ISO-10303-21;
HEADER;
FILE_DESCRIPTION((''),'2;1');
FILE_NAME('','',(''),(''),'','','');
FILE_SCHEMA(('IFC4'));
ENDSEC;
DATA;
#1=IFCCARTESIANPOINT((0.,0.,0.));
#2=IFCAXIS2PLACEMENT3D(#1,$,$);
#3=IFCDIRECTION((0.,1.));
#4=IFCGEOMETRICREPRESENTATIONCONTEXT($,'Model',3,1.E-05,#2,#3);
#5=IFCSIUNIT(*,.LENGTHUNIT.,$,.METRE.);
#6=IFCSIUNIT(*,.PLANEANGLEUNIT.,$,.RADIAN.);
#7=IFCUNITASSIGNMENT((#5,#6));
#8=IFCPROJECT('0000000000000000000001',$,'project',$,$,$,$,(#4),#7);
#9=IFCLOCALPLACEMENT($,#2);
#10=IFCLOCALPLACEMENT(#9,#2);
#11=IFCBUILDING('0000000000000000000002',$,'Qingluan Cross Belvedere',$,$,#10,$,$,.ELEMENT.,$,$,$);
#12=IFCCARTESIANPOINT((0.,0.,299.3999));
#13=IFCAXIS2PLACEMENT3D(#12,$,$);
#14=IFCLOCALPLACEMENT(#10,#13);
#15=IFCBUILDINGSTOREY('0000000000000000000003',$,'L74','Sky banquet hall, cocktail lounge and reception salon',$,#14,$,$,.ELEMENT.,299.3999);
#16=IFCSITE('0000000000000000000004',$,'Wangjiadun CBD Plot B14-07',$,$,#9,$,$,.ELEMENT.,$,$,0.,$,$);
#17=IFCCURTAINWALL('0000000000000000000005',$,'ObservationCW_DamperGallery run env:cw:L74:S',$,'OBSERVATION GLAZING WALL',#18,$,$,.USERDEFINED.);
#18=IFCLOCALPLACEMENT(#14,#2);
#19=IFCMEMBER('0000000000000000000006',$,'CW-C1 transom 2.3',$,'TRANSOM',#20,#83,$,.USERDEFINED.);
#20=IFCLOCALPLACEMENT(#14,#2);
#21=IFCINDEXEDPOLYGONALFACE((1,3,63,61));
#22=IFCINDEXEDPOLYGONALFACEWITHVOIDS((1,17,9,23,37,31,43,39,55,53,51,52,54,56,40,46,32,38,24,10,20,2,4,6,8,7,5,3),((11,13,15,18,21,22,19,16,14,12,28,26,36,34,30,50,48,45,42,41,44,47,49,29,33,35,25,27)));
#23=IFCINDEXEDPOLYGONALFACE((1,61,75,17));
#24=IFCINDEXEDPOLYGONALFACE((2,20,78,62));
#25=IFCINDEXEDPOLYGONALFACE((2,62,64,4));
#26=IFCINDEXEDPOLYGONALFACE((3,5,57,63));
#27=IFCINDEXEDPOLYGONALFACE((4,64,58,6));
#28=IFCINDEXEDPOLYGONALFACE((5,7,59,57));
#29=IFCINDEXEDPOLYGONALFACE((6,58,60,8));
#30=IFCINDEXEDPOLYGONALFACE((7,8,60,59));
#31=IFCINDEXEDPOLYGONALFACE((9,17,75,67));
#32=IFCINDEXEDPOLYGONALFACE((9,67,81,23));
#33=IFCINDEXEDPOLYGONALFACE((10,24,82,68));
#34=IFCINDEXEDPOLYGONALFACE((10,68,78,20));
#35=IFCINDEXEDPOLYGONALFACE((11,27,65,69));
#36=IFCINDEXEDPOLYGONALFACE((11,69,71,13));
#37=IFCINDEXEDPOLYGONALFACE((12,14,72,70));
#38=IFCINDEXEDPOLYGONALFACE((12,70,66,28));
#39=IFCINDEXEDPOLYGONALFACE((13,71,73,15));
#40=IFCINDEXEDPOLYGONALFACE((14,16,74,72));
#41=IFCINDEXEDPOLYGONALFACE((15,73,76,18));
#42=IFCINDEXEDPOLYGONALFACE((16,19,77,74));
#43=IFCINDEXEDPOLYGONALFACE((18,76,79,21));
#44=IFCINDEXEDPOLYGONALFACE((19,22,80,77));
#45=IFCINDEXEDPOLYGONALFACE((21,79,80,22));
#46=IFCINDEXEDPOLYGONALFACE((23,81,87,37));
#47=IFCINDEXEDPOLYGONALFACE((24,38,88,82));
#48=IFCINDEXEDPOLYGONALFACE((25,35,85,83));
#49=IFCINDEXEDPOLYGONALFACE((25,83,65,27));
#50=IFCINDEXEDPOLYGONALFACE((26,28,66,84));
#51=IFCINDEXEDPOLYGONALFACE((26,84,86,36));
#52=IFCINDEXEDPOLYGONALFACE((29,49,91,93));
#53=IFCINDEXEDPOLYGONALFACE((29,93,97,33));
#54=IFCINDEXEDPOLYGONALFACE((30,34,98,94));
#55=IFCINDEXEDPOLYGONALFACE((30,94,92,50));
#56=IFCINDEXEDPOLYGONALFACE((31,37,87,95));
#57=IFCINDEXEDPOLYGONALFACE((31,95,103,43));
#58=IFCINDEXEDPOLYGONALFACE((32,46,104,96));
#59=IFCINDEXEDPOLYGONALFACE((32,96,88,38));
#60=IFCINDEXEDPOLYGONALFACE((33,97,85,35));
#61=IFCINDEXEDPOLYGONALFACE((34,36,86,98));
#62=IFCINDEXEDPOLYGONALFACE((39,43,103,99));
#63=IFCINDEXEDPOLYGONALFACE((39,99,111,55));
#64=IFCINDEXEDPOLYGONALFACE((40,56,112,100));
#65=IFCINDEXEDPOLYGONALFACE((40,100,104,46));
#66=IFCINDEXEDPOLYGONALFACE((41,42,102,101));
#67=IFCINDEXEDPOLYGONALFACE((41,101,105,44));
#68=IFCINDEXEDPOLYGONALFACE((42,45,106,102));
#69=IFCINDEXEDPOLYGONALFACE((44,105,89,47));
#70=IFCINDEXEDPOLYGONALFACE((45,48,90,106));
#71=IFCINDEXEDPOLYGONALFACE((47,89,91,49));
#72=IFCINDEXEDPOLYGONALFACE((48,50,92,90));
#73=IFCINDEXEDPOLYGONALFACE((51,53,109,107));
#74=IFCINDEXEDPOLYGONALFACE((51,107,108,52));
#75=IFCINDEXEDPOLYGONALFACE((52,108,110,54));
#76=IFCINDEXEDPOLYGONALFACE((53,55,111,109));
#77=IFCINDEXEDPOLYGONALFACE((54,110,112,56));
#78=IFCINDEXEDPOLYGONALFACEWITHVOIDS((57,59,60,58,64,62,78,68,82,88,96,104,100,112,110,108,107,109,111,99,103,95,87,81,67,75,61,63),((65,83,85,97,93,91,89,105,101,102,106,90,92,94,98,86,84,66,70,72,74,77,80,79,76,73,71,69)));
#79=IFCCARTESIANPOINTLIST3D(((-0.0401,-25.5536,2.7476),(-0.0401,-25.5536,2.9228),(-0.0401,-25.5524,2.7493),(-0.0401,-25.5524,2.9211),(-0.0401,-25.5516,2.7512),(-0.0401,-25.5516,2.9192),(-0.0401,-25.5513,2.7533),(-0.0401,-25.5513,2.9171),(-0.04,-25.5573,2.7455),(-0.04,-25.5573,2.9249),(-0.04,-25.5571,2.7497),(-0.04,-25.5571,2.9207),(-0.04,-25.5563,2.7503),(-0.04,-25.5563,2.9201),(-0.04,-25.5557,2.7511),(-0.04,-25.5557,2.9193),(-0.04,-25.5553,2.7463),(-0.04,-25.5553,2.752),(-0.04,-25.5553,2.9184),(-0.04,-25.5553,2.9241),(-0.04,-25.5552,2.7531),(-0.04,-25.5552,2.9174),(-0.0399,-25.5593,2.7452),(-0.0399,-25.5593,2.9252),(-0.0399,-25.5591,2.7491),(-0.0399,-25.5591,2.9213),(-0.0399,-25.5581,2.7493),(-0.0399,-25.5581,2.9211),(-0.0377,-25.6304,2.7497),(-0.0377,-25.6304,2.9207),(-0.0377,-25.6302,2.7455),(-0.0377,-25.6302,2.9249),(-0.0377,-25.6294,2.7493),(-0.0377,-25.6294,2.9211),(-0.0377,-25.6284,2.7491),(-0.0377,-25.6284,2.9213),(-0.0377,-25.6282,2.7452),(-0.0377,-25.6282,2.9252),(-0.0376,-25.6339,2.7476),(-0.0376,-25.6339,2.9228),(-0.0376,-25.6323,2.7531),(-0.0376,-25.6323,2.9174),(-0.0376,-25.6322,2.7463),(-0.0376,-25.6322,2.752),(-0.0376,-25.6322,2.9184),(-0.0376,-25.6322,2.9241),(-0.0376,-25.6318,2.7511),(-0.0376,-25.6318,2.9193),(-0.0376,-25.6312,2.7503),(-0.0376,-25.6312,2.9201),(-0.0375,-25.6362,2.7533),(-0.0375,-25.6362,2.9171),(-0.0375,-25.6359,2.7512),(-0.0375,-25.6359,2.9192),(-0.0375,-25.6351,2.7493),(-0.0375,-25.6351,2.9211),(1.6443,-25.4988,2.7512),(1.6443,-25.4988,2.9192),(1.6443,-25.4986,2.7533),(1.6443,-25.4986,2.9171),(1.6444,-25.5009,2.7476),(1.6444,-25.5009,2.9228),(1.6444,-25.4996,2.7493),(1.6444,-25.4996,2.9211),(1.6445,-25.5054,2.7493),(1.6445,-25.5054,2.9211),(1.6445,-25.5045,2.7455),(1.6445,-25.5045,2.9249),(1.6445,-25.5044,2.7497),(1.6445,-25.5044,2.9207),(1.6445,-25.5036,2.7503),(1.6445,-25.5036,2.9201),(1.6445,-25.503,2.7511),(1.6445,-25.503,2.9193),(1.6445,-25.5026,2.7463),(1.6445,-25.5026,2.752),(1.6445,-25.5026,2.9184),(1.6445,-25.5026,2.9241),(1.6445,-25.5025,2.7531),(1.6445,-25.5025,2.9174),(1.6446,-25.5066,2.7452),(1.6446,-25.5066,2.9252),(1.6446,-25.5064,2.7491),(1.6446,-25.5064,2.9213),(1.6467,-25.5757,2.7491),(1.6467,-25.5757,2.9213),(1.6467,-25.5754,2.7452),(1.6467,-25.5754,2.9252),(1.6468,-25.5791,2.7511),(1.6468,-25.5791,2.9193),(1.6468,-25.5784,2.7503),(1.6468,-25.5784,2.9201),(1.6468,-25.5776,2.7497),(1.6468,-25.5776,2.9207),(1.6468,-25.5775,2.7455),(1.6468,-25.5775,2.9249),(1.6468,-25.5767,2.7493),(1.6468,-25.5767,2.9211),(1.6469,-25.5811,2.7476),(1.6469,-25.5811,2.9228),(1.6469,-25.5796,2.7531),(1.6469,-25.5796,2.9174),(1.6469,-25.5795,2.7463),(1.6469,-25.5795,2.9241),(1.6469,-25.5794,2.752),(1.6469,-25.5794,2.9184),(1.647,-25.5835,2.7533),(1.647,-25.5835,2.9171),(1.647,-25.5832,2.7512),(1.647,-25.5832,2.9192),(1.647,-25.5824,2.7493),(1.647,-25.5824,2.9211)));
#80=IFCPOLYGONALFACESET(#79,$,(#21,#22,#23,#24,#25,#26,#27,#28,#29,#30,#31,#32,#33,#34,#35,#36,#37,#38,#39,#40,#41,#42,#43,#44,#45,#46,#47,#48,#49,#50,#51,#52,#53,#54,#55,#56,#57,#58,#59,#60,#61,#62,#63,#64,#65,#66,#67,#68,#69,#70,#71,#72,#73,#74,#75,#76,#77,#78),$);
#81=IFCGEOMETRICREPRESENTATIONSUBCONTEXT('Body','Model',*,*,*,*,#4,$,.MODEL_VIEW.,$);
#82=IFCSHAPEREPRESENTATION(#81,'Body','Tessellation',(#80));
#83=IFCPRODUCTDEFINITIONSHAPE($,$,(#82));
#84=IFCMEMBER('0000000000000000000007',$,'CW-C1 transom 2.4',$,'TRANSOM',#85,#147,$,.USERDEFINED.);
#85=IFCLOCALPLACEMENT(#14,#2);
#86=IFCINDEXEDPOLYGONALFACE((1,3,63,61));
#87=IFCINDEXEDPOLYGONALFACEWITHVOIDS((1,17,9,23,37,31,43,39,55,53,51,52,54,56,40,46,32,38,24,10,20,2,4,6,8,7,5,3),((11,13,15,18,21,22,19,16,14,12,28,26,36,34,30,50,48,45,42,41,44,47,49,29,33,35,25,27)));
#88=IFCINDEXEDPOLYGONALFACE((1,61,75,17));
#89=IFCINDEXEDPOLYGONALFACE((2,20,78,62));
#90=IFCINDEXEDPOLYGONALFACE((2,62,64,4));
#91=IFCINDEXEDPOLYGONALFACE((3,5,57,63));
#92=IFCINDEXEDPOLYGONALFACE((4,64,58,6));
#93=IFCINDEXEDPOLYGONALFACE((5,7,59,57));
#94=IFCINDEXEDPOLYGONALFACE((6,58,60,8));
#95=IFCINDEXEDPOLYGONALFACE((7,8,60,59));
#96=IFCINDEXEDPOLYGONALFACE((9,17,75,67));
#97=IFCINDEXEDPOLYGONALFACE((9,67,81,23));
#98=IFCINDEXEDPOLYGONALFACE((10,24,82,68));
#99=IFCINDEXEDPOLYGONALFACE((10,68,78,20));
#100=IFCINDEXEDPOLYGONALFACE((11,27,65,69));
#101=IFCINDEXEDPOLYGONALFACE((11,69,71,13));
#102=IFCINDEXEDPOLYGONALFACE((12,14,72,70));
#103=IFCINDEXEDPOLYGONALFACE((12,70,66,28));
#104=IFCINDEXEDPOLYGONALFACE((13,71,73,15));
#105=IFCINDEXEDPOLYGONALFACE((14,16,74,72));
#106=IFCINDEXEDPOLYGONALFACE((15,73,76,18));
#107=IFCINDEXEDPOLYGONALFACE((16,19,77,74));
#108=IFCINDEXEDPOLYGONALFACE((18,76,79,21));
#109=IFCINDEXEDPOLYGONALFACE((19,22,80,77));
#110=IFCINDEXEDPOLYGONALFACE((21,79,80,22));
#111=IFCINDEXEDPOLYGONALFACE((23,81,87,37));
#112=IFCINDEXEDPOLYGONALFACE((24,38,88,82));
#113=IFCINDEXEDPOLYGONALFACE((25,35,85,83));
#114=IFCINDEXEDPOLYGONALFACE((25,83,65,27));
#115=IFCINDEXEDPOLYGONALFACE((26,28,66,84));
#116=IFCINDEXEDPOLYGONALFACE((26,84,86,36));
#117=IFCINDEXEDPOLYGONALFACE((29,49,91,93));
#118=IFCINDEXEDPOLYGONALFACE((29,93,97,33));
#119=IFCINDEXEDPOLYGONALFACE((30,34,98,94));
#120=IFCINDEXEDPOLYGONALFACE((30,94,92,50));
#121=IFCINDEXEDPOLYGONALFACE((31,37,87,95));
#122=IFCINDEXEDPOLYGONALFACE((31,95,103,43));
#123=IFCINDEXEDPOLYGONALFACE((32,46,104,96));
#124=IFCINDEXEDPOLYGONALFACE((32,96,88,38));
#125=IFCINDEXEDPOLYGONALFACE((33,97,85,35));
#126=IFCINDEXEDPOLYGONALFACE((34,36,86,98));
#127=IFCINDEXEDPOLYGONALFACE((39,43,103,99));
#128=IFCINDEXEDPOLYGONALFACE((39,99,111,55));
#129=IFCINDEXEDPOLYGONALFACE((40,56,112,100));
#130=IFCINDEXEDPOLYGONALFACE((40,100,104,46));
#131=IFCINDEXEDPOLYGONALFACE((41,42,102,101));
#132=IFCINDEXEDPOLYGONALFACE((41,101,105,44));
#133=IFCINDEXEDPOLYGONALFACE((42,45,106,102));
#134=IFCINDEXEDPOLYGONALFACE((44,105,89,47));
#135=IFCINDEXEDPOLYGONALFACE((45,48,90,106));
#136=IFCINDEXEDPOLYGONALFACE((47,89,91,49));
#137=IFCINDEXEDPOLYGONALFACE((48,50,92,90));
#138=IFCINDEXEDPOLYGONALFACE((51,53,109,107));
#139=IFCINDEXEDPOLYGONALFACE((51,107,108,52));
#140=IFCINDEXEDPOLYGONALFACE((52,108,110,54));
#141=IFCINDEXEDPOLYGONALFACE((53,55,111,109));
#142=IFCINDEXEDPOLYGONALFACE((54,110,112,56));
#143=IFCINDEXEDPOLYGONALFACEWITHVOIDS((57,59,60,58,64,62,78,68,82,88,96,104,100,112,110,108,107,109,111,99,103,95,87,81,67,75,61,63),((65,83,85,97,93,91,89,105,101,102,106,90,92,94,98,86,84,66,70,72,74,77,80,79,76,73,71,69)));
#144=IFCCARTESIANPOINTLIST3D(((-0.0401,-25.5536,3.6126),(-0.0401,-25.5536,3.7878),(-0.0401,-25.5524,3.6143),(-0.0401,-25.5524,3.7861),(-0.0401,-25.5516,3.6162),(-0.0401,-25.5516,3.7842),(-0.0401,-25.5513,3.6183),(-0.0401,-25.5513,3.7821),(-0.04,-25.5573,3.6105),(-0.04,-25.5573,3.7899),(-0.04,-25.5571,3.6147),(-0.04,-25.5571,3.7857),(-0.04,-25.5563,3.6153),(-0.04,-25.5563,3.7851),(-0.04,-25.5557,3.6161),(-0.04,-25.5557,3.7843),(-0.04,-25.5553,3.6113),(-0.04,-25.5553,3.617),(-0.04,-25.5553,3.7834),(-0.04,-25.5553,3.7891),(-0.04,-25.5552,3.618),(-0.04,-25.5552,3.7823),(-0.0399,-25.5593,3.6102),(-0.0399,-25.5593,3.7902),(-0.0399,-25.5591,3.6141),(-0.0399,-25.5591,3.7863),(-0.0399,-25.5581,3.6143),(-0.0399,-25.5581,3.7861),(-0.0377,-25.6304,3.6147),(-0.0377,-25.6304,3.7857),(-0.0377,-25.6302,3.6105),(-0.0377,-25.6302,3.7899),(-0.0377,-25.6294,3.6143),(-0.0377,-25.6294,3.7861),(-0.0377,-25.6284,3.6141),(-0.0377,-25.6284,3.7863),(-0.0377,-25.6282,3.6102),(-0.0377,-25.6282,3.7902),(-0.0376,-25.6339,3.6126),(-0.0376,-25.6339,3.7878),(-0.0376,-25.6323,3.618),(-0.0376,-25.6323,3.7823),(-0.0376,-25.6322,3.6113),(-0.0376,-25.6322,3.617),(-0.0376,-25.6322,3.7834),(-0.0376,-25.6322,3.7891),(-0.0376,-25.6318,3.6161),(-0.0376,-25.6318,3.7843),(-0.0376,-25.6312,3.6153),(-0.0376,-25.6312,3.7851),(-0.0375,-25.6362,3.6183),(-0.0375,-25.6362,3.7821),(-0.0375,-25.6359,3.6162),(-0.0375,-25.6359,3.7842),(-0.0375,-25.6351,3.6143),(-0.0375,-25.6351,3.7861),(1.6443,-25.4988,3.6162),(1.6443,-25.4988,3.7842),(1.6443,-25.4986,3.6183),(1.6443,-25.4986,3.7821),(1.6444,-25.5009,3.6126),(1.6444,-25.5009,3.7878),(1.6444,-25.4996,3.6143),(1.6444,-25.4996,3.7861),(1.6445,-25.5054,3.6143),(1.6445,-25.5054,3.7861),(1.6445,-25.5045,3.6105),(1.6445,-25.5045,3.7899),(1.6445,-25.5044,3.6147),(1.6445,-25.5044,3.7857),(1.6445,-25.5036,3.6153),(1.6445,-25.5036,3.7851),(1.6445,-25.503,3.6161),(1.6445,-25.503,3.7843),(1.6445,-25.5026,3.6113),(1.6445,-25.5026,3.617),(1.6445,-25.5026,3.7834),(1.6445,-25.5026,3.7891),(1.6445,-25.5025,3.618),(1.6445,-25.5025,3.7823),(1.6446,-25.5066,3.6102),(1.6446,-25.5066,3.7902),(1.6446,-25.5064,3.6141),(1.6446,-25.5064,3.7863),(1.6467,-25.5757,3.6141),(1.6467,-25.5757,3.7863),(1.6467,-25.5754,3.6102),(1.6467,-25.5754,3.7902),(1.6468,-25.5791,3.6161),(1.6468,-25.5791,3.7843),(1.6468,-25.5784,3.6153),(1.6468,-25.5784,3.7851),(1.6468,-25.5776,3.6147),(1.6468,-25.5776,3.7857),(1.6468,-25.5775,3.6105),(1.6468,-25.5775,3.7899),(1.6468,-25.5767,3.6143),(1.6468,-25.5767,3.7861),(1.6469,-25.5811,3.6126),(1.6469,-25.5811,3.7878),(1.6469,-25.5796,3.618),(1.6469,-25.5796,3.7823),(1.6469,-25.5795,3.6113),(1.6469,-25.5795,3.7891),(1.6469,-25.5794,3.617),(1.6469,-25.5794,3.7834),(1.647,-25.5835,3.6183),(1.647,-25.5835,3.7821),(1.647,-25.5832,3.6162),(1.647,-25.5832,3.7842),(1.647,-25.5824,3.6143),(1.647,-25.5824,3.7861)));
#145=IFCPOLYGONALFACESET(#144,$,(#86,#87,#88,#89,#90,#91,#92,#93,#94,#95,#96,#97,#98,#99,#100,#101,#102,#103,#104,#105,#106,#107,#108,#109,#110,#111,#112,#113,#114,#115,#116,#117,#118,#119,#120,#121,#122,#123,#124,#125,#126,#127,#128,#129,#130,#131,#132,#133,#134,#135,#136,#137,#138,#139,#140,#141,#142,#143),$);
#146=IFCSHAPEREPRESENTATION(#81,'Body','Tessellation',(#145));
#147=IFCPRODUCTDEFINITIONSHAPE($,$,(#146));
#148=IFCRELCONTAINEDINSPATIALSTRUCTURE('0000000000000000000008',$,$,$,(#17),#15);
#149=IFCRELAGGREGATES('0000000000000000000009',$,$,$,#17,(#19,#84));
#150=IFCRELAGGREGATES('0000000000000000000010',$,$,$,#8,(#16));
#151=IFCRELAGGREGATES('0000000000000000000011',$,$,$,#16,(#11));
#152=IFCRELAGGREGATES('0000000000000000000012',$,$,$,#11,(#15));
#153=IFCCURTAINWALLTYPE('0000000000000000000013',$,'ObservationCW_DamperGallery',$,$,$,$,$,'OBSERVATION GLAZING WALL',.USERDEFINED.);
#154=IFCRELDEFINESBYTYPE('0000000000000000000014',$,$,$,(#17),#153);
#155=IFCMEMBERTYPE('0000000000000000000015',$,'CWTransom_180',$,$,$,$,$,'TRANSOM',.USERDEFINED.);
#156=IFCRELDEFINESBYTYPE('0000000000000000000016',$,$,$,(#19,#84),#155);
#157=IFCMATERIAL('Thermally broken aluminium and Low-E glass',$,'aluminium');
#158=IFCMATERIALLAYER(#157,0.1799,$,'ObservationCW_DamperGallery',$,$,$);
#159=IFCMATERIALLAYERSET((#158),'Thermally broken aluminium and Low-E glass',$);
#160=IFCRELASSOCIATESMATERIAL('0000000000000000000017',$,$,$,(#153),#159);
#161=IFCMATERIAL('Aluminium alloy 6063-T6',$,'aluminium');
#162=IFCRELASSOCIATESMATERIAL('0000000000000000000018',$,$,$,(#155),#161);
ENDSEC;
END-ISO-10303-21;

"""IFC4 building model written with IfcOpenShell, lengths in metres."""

from ifc_helpers import new_model, si_unit, direction, frame, origin, origin_2d, place, context, subcontext, project, spatial, hollow_rectangle, extrude, material, layer, layer_set, material_profile, profile_set, type_object, element, aggregate, save


model = new_model("IFC4")

# Units and contexts
model_context = context("Model", 3, precision=1e-05, world=origin(), true_north=direction((0.0, 1.0)))
body_context = subcontext(model_context, "Body", "Model", "MODEL_VIEW")
ifc_project = project(units=[si_unit("LENGTHUNIT", "METRE"), si_unit("PLANEANGLEUNIT", "RADIAN")], contexts=[model_context])

# Site, building, storey
site_placement = place(None, origin())
site = spatial("IfcSite", under=ifc_project, at=site_placement, Name="Wangjiadun CBD Plot B14-07", CompositionType="ELEMENT", RefElevation=0.0)
building_placement = place(site_placement, origin())
building = spatial("IfcBuilding", under=site, at=building_placement, Name="Qingluan Cross Belvedere", CompositionType="ELEMENT")
storey_placement = place(building_placement, frame((0.0, 0.0, 299.3999)))
storey = spatial("IfcBuildingStorey", under=building, at=storey_placement, Name="L74", Description="Sky banquet hall, cocktail lounge and reception salon", CompositionType="ELEMENT", Elevation=299.3999)

# Curtain wall, members
ifc_material_1 = material(Name="Thermally broken aluminium and Low-E glass", Category="aluminium")
ifc_layer_1 = layer(ifc_material_1, 0.1799, Name="ObservationCW_DamperGallery")
ifc_layer_set_1 = layer_set([ifc_layer_1], Name="Thermally broken aluminium and Low-E glass")
curtain_wall_type = type_object("IfcCurtainWallType", Name="ObservationCW_DamperGallery", ElementType="OBSERVATION GLAZING WALL", PredefinedType="USERDEFINED", material=ifc_layer_set_1)
curtain_wall_placement = place(storey_placement, origin())
curtain_wall = element("IfcCurtainWall", 1, at=curtain_wall_placement, inside=storey, type_object=curtain_wall_type, Name="ObservationCW_DamperGallery run env:cw:L74:S", ObjectType="OBSERVATION GLAZING WALL", PredefinedType="USERDEFINED")
ifc_material_2 = material(Name="Aluminium alloy 6063-T6", Category="aluminium")
ifc_material_profile_1 = material_profile(ifc_material_2, hollow_rectangle(XDim=0.085, YDim=0.1799, WallThickness=0.0039, InnerFilletRadius=0.0039, OuterFilletRadius=0.0081, at=origin_2d()), Name="CWT180x85x4")
ifc_profile_set_1 = profile_set([ifc_material_profile_1], Name="Aluminium alloy 6063-T6")
member_type_1 = type_object("IfcMemberType", Name="CWTransom_180", ElementType="TRANSOM", PredefinedType="USERDEFINED", material=ifc_profile_set_1)
member_1_placement = place(storey_placement, frame((-0.0388, -25.5938, 2.8352), z_axis=(0.99951, 0.031289, 0.0), x_axis=(-0.031289, 0.99951, 0.0)))
member_1 = element("IfcMember", 2, at=member_1_placement, type_object=member_type_1, Name="CW-C1 transom 2.3", ObjectType="TRANSOM", PredefinedType="USERDEFINED", context=body_context, shape_type="SweptSolid", body=[
    extrude(hollow_rectangle(XDim=0.085, YDim=0.1799, WallThickness=0.0039, InnerFilletRadius=0.0039, OuterFilletRadius=0.0081, at=origin_2d()), origin(), (0.0, 0.0, 1.0), 1.6853),
])
member_2_placement = place(storey_placement, frame((-0.0388, -25.5938, 3.7002), z_axis=(0.99951, 0.031289, 0.0), x_axis=(-0.031289, 0.99951, 0.0)))
member_2 = element("IfcMember", 3, at=member_2_placement, type_object=member_type_1, Name="CW-C1 transom 2.4", ObjectType="TRANSOM", PredefinedType="USERDEFINED", context=body_context, shape_type="SweptSolid", body=[
    extrude(hollow_rectangle(XDim=0.085, YDim=0.1799, WallThickness=0.0039, InnerFilletRadius=0.0039, OuterFilletRadius=0.0081, at=origin_2d()), origin(), (0.0, 0.0, 1.0), 1.6853),
])

aggregate(curtain_wall, [member_1, member_2])

save(model, "model.ifc")
